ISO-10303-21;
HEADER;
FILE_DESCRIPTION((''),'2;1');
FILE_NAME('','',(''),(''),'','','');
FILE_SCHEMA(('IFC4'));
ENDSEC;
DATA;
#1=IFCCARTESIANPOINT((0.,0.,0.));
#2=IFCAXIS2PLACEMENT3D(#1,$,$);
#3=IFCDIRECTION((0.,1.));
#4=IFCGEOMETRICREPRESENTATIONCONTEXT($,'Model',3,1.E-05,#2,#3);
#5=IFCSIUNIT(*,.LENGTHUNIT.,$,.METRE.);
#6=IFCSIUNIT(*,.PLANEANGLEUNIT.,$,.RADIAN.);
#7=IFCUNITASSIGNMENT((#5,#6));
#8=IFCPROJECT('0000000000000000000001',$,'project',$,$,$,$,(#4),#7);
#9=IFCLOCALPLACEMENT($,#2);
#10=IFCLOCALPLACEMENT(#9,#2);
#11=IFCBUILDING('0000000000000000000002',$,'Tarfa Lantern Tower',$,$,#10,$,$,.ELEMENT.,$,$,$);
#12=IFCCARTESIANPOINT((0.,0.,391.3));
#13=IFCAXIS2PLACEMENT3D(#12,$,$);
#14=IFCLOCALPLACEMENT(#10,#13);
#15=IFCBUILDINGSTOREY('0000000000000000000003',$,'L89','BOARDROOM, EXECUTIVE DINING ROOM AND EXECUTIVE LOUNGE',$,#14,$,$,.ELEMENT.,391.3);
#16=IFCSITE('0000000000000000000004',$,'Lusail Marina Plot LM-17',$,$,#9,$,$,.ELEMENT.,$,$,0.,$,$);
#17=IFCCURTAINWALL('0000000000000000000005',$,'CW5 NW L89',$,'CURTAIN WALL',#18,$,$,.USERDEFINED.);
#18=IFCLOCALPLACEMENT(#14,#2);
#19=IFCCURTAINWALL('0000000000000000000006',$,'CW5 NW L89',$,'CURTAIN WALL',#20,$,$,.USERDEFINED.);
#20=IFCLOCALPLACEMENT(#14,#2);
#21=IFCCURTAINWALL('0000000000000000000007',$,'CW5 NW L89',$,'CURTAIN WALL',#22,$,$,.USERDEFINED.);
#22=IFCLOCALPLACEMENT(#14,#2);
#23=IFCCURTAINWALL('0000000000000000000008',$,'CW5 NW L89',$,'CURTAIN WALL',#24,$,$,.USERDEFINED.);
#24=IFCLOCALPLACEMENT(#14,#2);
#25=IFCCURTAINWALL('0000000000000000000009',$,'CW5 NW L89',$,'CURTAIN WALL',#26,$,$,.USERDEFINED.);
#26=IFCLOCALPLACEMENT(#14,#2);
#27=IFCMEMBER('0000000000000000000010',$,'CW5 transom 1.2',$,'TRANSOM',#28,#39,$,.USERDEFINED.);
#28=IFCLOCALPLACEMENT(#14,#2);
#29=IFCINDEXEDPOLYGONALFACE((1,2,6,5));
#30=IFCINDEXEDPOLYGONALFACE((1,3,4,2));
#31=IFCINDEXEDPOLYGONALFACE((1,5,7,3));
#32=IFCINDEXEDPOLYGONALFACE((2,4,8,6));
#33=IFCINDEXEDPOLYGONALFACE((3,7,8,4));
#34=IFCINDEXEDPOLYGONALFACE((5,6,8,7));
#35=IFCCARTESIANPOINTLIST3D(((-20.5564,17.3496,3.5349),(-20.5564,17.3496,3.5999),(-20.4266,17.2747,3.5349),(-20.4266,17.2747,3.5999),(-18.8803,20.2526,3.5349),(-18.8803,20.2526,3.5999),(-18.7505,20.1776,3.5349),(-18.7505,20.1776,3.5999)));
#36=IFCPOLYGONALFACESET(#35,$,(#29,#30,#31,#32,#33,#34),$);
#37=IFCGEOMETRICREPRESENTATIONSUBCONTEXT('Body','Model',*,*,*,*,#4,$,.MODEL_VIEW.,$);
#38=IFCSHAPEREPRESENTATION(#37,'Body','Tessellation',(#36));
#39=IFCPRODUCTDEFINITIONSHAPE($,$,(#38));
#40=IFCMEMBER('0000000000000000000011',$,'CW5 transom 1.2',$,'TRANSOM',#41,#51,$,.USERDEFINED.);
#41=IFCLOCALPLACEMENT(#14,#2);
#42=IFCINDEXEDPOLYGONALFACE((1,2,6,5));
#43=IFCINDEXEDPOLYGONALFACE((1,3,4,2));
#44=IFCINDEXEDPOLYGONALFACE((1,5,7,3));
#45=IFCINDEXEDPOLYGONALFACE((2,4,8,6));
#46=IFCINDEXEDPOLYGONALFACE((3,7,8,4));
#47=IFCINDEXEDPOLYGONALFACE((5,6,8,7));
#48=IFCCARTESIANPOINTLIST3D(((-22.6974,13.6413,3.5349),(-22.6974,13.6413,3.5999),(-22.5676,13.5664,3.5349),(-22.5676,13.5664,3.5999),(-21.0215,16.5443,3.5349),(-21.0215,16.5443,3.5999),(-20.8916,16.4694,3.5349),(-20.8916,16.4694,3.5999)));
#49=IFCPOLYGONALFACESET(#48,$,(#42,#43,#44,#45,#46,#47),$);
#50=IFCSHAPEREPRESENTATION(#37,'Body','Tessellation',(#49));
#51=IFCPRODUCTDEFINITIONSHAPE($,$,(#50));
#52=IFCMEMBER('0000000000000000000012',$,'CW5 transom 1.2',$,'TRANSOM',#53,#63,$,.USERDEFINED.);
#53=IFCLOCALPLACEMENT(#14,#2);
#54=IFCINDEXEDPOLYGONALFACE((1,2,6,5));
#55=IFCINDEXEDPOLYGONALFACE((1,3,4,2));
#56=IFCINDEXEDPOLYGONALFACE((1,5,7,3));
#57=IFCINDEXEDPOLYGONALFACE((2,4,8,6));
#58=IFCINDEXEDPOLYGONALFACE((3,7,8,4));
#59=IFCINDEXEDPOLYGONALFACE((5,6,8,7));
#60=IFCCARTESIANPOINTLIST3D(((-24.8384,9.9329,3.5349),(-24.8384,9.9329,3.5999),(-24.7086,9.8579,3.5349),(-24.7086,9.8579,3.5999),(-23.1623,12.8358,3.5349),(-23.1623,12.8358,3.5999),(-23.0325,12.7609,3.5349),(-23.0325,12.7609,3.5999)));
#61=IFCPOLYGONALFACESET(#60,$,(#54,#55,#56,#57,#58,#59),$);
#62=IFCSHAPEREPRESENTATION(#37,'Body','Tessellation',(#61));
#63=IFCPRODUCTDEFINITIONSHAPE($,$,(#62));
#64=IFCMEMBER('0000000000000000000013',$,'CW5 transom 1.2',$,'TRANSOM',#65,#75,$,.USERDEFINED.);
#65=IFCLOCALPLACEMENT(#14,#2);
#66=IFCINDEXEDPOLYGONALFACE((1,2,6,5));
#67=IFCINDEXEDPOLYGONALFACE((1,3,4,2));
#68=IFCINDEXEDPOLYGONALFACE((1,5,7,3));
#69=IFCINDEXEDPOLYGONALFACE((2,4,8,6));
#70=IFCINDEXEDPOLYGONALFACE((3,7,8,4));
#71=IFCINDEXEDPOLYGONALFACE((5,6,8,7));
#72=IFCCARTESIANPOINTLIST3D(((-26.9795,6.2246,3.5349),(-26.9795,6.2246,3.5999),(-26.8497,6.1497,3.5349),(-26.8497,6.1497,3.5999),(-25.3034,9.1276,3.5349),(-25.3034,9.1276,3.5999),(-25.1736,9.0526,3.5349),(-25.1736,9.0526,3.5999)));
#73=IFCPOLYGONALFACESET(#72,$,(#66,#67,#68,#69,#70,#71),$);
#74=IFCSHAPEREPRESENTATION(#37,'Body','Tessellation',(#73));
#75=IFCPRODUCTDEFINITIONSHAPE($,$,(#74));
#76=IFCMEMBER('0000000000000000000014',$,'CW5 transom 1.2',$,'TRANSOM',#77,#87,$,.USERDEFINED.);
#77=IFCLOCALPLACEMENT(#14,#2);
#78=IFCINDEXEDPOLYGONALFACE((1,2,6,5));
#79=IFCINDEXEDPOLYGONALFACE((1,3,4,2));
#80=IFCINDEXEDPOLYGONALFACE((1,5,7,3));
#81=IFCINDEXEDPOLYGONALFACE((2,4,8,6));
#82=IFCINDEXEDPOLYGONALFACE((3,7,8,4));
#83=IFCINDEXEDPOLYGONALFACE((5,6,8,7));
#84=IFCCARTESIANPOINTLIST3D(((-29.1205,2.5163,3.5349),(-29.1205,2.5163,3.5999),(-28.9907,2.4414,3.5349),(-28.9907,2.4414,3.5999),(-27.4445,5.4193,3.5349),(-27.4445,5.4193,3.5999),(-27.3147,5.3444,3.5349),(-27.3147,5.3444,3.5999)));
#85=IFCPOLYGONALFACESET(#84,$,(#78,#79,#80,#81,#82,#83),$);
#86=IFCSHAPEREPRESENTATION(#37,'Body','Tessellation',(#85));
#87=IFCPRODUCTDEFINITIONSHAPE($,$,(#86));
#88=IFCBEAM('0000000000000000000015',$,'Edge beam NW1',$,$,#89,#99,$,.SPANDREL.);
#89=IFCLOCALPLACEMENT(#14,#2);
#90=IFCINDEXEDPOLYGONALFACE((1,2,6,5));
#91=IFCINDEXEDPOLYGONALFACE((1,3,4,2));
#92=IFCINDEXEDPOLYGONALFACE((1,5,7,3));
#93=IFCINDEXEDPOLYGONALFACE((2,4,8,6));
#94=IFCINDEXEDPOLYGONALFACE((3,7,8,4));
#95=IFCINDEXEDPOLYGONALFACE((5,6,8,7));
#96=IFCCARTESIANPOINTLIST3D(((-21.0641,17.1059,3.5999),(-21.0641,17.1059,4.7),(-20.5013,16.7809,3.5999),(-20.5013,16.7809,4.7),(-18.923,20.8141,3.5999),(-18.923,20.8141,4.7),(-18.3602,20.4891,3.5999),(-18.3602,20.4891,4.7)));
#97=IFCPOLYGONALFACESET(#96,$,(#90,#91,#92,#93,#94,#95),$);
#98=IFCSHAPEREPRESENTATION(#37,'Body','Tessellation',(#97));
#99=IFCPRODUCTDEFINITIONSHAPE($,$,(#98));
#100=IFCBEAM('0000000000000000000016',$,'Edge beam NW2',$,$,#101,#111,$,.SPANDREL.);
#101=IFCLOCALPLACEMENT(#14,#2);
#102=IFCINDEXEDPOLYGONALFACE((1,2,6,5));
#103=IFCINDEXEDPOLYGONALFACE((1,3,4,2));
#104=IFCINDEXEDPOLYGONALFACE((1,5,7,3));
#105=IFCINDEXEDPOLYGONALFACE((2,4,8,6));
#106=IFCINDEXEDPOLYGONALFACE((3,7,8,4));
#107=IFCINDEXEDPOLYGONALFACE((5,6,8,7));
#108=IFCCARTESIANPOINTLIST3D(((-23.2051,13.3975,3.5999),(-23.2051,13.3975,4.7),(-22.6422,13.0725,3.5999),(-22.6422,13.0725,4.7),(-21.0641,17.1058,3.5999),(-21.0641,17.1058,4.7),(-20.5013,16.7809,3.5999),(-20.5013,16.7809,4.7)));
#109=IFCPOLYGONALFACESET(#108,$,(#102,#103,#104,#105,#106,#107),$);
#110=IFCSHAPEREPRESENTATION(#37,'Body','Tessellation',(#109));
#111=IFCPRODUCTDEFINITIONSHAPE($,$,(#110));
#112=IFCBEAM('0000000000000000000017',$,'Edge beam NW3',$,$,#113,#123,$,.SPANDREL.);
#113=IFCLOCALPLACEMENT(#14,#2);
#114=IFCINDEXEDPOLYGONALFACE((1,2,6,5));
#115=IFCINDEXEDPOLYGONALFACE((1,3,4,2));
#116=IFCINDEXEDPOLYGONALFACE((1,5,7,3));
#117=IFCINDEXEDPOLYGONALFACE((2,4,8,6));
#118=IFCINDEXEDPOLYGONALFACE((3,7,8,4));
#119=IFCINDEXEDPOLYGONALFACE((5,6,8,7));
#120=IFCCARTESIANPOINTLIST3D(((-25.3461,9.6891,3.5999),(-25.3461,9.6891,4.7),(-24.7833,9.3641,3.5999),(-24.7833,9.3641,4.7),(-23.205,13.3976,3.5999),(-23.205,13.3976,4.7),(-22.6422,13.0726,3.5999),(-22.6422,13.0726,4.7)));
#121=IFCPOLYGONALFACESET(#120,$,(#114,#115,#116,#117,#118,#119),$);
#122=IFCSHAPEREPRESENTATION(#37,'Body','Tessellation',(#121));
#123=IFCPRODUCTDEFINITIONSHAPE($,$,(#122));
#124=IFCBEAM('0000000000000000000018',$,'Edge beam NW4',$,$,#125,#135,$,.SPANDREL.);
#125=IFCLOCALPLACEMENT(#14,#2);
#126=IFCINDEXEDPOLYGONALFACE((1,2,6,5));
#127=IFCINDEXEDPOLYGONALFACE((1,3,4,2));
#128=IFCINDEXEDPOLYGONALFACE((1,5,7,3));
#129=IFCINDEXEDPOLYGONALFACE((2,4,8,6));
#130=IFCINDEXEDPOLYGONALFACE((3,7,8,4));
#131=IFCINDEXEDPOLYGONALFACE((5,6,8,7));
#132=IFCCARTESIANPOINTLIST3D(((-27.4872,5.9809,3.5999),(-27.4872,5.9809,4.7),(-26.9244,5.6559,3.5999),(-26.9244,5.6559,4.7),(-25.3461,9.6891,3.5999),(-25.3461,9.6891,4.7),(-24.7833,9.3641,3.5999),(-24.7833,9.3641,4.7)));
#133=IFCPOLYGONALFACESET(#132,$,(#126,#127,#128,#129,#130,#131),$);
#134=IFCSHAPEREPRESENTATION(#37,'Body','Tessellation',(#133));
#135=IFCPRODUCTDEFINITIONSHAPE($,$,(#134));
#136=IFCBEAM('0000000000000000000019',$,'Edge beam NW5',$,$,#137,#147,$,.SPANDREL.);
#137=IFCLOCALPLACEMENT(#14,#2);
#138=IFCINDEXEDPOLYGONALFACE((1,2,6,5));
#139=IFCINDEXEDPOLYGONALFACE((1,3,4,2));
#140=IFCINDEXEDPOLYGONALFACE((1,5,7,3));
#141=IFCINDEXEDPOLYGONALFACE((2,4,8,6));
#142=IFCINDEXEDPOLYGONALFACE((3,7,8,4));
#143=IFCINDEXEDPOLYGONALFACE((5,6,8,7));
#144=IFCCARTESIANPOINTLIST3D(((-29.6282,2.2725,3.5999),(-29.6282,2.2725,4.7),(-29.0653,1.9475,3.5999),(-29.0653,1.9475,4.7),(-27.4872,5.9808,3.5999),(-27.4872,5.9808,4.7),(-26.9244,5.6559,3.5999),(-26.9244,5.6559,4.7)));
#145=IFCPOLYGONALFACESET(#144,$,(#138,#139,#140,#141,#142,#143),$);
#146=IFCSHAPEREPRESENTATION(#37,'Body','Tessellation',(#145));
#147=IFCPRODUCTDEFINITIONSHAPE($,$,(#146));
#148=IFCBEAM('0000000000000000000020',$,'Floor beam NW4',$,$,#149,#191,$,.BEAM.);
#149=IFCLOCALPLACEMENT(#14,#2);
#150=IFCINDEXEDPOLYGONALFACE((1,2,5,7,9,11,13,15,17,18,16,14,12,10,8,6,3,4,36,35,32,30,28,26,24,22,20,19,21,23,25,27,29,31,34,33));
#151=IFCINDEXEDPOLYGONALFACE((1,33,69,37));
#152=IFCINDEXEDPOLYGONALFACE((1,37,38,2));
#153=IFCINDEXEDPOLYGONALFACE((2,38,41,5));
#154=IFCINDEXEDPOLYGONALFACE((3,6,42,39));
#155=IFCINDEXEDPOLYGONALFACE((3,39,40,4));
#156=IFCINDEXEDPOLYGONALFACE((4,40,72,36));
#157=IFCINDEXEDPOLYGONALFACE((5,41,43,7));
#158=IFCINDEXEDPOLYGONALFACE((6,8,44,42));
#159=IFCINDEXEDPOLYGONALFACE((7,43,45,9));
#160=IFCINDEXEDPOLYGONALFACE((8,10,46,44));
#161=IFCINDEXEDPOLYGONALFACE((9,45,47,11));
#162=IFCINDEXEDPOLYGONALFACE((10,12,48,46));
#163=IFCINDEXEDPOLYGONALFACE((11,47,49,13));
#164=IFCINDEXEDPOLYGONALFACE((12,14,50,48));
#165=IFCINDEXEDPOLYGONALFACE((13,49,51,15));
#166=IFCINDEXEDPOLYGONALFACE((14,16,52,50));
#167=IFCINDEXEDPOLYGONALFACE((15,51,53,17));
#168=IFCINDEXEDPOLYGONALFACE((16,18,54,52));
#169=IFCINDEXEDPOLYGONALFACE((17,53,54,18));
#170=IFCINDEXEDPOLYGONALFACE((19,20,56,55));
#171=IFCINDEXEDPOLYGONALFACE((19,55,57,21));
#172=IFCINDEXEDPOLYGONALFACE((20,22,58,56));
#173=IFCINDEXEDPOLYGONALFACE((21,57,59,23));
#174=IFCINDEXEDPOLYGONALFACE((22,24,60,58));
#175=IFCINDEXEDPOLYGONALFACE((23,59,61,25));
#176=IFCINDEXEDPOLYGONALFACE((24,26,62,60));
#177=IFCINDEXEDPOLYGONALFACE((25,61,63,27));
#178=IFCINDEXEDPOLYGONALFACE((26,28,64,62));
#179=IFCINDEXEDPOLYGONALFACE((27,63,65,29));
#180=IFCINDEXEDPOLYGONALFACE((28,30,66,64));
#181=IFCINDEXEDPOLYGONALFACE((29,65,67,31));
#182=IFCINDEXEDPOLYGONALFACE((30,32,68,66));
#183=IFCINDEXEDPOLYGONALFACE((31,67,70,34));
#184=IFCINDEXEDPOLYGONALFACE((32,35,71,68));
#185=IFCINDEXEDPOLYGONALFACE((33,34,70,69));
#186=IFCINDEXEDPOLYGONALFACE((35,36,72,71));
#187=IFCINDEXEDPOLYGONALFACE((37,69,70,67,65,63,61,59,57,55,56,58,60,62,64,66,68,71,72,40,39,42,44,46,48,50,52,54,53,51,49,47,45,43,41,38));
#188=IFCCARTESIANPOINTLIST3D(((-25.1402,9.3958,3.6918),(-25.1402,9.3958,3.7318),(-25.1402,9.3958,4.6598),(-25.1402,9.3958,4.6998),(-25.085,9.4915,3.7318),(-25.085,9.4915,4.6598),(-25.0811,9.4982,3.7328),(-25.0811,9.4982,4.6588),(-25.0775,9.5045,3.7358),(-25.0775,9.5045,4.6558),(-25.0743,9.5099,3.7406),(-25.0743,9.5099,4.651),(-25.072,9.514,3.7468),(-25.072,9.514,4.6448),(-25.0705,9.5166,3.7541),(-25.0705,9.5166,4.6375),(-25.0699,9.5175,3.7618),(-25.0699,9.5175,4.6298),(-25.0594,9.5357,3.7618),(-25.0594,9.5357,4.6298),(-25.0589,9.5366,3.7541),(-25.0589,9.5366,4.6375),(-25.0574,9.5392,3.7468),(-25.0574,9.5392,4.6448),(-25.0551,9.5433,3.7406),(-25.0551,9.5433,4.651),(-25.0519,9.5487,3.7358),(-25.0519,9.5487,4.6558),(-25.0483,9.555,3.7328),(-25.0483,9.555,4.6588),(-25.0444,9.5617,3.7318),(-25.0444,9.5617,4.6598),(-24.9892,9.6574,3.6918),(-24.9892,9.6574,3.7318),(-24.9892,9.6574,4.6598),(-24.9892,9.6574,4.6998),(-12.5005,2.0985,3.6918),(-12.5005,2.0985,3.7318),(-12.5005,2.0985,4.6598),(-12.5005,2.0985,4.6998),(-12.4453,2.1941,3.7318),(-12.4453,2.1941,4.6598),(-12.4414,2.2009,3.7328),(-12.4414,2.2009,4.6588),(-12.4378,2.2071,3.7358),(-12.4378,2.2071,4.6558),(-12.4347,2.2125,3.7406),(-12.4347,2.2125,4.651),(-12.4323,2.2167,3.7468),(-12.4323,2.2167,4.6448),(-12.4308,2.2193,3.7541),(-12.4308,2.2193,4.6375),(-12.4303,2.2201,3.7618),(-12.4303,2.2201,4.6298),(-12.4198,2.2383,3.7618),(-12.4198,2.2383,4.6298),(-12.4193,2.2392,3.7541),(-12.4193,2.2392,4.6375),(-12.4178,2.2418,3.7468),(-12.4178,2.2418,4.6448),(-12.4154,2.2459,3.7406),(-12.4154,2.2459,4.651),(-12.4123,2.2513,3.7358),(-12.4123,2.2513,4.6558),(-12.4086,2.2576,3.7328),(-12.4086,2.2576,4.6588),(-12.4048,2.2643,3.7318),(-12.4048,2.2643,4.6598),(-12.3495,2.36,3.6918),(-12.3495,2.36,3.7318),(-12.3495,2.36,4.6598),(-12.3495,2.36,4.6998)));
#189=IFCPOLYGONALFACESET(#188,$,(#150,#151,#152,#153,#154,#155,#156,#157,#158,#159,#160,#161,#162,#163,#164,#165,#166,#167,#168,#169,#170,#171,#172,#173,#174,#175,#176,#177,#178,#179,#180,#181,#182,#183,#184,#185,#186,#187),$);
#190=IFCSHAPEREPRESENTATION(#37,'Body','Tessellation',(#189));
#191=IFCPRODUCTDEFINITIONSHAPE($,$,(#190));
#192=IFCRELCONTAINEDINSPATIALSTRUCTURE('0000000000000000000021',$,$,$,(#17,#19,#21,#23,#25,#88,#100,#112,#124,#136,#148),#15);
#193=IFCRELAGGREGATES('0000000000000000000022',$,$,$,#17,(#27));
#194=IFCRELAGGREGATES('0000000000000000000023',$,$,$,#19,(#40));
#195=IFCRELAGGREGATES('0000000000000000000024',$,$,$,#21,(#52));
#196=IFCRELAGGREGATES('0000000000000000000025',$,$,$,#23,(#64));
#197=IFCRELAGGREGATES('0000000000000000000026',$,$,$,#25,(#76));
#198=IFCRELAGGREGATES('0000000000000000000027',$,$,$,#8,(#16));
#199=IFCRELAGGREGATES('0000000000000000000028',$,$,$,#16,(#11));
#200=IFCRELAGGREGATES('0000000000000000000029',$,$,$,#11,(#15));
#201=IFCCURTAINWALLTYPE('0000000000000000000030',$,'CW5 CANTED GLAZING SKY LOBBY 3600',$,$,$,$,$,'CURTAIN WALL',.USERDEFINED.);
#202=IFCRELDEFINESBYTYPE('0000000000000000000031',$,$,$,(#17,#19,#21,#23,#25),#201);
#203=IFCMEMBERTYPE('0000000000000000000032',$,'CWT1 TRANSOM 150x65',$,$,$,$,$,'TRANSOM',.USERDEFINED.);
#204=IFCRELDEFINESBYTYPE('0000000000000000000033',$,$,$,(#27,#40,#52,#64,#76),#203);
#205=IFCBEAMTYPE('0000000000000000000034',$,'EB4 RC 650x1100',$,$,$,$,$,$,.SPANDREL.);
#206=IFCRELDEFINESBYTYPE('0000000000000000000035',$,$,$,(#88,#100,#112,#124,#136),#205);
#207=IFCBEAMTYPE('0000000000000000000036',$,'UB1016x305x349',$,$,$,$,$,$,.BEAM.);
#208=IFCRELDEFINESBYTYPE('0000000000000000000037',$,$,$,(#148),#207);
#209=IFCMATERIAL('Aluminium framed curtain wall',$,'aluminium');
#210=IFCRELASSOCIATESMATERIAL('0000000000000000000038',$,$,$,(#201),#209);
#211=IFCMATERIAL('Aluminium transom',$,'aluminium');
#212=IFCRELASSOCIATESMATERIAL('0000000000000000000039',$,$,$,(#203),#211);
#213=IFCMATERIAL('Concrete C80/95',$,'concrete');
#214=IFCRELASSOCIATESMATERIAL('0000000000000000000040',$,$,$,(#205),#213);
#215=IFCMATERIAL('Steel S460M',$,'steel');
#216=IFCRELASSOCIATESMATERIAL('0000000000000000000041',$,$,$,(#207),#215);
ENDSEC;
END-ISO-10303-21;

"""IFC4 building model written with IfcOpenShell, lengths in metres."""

from ifc_helpers import new_model, si_unit, direction, frame, origin, origin_2d, place, context, subcontext, project, spatial, rectangle, i_section, extrude, material, material_profile, profile_set, type_object, element, aggregate, save


model = new_model("IFC4")

# Units and contexts
model_context = context("Model", 3, precision=1e-05, world=origin(), true_north=direction((0.0, 1.0)))
body_context = subcontext(model_context, "Body", "Model", "MODEL_VIEW")
ifc_project = project(units=[si_unit("LENGTHUNIT", "METRE"), si_unit("PLANEANGLEUNIT", "RADIAN")], contexts=[model_context])

# Site, building, storey
site_placement = place(None, origin())
site = spatial("IfcSite", under=ifc_project, at=site_placement, Name="Lusail Marina Plot LM-17", CompositionType="ELEMENT", RefElevation=0.0)
building_placement = place(site_placement, origin())
building = spatial("IfcBuilding", under=site, at=building_placement, Name="Tarfa Lantern Tower", CompositionType="ELEMENT")
storey_placement = place(building_placement, frame((0.0, 0.0, 391.3)))
storey = spatial("IfcBuildingStorey", under=building, at=storey_placement, Name="L89", Description="BOARDROOM, EXECUTIVE DINING ROOM AND EXECUTIVE LOUNGE", CompositionType="ELEMENT", Elevation=391.3)

# Shared definitions
ifc_material_1 = material(Name="Concrete C80/95", Category="concrete")

# Shared definitions
ifc_material_2 = material(Name="Aluminium framed curtain wall", Category="aluminium")
curtain_wall_type = type_object("IfcCurtainWallType", Name="CW5 CANTED GLAZING SKY LOBBY 3600", ElementType="CURTAIN WALL", PredefinedType="USERDEFINED", material=ifc_material_2)

# Curtain walls
curtain_wall_1_placement = place(storey_placement, origin())
curtain_wall_1 = element("IfcCurtainWall", 1, at=curtain_wall_1_placement, inside=storey, type_object=curtain_wall_type, Name="CW5 NW L89", ObjectType="CURTAIN WALL", PredefinedType="USERDEFINED")
curtain_wall_2_placement = place(storey_placement, origin())
curtain_wall_2 = element("IfcCurtainWall", 2, at=curtain_wall_2_placement, inside=storey, type_object=curtain_wall_type, Name="CW5 NW L89", ObjectType="CURTAIN WALL", PredefinedType="USERDEFINED")
curtain_wall_3_placement = place(storey_placement, origin())
curtain_wall_3 = element("IfcCurtainWall", 3, at=curtain_wall_3_placement, inside=storey, type_object=curtain_wall_type, Name="CW5 NW L89", ObjectType="CURTAIN WALL", PredefinedType="USERDEFINED")
curtain_wall_4_placement = place(storey_placement, origin())
curtain_wall_4 = element("IfcCurtainWall", 4, at=curtain_wall_4_placement, inside=storey, type_object=curtain_wall_type, Name="CW5 NW L89", ObjectType="CURTAIN WALL", PredefinedType="USERDEFINED")
curtain_wall_5_placement = place(storey_placement, origin())
curtain_wall_5 = element("IfcCurtainWall", 5, at=curtain_wall_5_placement, inside=storey, type_object=curtain_wall_type, Name="CW5 NW L89", ObjectType="CURTAIN WALL", PredefinedType="USERDEFINED")

# Members
ifc_material_3 = material(Name="Aluminium transom", Category="aluminium")
ifc_material_profile_1 = material_profile(ifc_material_3, rectangle(XDim=0.1499, YDim=0.0649, at=origin_2d()), Name="AL TRANSOM 150x65")
ifc_profile_set_1 = profile_set([ifc_material_profile_1], Name="Aluminium transom")
member_type_1 = type_object("IfcMemberType", Name="CWT1 TRANSOM 150x65", ElementType="TRANSOM", PredefinedType="USERDEFINED", material=ifc_profile_set_1)
member_1_placement = place(storey_placement, frame((-18.8154, 20.2151, 3.5674), z_axis=(-0.500017, -0.866016, 0.0), x_axis=(0.866016, -0.500017, 0.0)))
member_1 = element("IfcMember", 6, at=member_1_placement, type_object=member_type_1, Name="CW5 transom 1.2", ObjectType="TRANSOM", PredefinedType="USERDEFINED", context=body_context, shape_type="SweptSolid", body=[
    extrude(rectangle(XDim=0.1499, YDim=0.0649, at=origin_2d()), origin(), (0.0, 0.0, 1.0), 3.3521),
])
member_2_placement = place(storey_placement, frame((-20.9565, 16.5068, 3.5674), z_axis=(-0.499985, -0.866034, 0.0), x_axis=(0.866034, -0.499985, 0.0)))
member_2 = element("IfcMember", 7, at=member_2_placement, type_object=member_type_1, Name="CW5 transom 1.2", ObjectType="TRANSOM", PredefinedType="USERDEFINED", context=body_context, shape_type="SweptSolid", body=[
    extrude(rectangle(XDim=0.1499, YDim=0.0649, at=origin_2d()), origin(), (0.0, 0.0, 1.0), 3.3521),
])
member_3_placement = place(storey_placement, frame((-23.0974, 12.7983, 3.5674), z_axis=(-0.500017, -0.866016, 0.0), x_axis=(0.866016, -0.500017, 0.0)))
member_3 = element("IfcMember", 8, at=member_3_placement, type_object=member_type_1, Name="CW5 transom 1.2", ObjectType="TRANSOM", PredefinedType="USERDEFINED", context=body_context, shape_type="SweptSolid", body=[
    extrude(rectangle(XDim=0.1499, YDim=0.0649, at=origin_2d()), origin(), (0.0, 0.0, 1.0), 3.3521),
])
member_4_placement = place(storey_placement, frame((-25.2385, 9.0901, 3.5674), z_axis=(-0.500017, -0.866016, 0.0), x_axis=(0.866016, -0.500017, 0.0)))
member_4 = element("IfcMember", 9, at=member_4_placement, type_object=member_type_1, Name="CW5 transom 1.2", ObjectType="TRANSOM", PredefinedType="USERDEFINED", context=body_context, shape_type="SweptSolid", body=[
    extrude(rectangle(XDim=0.1499, YDim=0.0649, at=origin_2d()), origin(), (0.0, 0.0, 1.0), 3.3521),
])
member_5_placement = place(storey_placement, frame((-27.3796, 5.3818, 3.5674), z_axis=(-0.499985, -0.866034, 0.0), x_axis=(0.866034, -0.499985, 0.0)))
member_5 = element("IfcMember", 10, at=member_5_placement, type_object=member_type_1, Name="CW5 transom 1.2", ObjectType="TRANSOM", PredefinedType="USERDEFINED", context=body_context, shape_type="SweptSolid", body=[
    extrude(rectangle(XDim=0.1499, YDim=0.0649, at=origin_2d()), origin(), (0.0, 0.0, 1.0), 3.3521),
])

# Beams
ifc_material_profile_2 = material_profile(ifc_material_1, rectangle(XDim=0.6499, YDim=1.1001, at=origin_2d()), Name="RC 650x1100")
ifc_profile_set_2 = profile_set([ifc_material_profile_2], Name="Concrete C80/95")
beam_type_1 = type_object("IfcBeamType", Name="EB4 RC 650x1100", PredefinedType="SPANDREL", material=ifc_profile_set_2)
for number, where, z_axis, x_axis, name in (
    (11, (-18.6416, 20.6516, 4.1499), (-0.500027, -0.86601, 0.0), (0.86601, -0.500027, 0.0), "Edge beam NW1"),
    (12, (-20.7827, 16.9434, 4.1499), (-0.499984, -0.866035, 0.0), (0.866035, -0.499984, 0.0), "Edge beam NW2"),
):
    element("IfcBeam", number, at=place(storey_placement, frame(where, z_axis=z_axis, x_axis=x_axis)), inside=storey, type_object=beam_type_1, Name=name, PredefinedType="SPANDREL", context=body_context, shape_type="SweptSolid", body=[
        extrude(rectangle(XDim=0.6499, YDim=1.1001, at=origin_2d()), origin(), (0.0, 0.0, 1.0), 4.282),
    ])
beam_1_placement = place(storey_placement, frame((-22.9236, 13.2351, 4.1499), z_axis=(-0.500002, -0.866024, 0.0), x_axis=(0.866024, -0.500002, 0.0)))
element("IfcBeam", 13, at=beam_1_placement, inside=storey, type_object=beam_type_1, Name="Edge beam NW3", PredefinedType="SPANDREL", context=body_context, shape_type="SweptSolid", body=[
    extrude(rectangle(XDim=0.6499, YDim=1.1001, at=origin_2d()), origin(), (0.0, 0.0, 1.0), 4.2822),
])
for number, where, z_axis, x_axis, name in (
    (14, (-25.0647, 9.5266, 4.1499), (-0.500027, -0.86601, 0.0), (0.86601, -0.500027, 0.0), "Edge beam NW4"),
    (15, (-27.2058, 5.8184, 4.1499), (-0.499984, -0.866035, 0.0), (0.866035, -0.499984, 0.0), "Edge beam NW5"),
):
    element("IfcBeam", number, at=place(storey_placement, frame(where, z_axis=z_axis, x_axis=x_axis)), inside=storey, type_object=beam_type_1, Name=name, PredefinedType="SPANDREL", context=body_context, shape_type="SweptSolid", body=[
        extrude(rectangle(XDim=0.6499, YDim=1.1001, at=origin_2d()), origin(), (0.0, 0.0, 1.0), 4.282),
    ])
ifc_material_4 = material(Name="Steel S460M", Category="steel")
ifc_material_profile_3 = material_profile(ifc_material_4, i_section(OverallWidth=0.302, OverallDepth=1.0081, WebThickness=0.021, FlangeThickness=0.04, FilletRadius=0.03, at=origin_2d()), Name="UB1016x305x349")
ifc_profile_set_3 = profile_set([ifc_material_profile_3], Name="Steel S460M")
beam_type_2 = type_object("IfcBeamType", Name="UB1016x305x349", PredefinedType="BEAM", material=ifc_profile_set_3)
beam_2_placement = place(storey_placement, frame((-25.0647, 9.5266, 4.1958), z_axis=(0.86603, -0.499993, 0.0), x_axis=(0.499993, 0.86603, 0.0)))
element("IfcBeam", 16, at=beam_2_placement, inside=storey, type_object=beam_type_2, Name="Floor beam NW4", PredefinedType="BEAM", context=body_context, shape_type="SweptSolid", body=[
    extrude(i_section(OverallWidth=0.302, OverallDepth=1.0081, WebThickness=0.021, FlangeThickness=0.04, FilletRadius=0.03, at=origin_2d()), origin(), (0.0, 0.0, 1.0), 14.595),
])

aggregate(curtain_wall_1, [member_1])
aggregate(curtain_wall_2, [member_2])
aggregate(curtain_wall_3, [member_3])
aggregate(curtain_wall_4, [member_4])
aggregate(curtain_wall_5, [member_5])

save(model, "model.ifc")
